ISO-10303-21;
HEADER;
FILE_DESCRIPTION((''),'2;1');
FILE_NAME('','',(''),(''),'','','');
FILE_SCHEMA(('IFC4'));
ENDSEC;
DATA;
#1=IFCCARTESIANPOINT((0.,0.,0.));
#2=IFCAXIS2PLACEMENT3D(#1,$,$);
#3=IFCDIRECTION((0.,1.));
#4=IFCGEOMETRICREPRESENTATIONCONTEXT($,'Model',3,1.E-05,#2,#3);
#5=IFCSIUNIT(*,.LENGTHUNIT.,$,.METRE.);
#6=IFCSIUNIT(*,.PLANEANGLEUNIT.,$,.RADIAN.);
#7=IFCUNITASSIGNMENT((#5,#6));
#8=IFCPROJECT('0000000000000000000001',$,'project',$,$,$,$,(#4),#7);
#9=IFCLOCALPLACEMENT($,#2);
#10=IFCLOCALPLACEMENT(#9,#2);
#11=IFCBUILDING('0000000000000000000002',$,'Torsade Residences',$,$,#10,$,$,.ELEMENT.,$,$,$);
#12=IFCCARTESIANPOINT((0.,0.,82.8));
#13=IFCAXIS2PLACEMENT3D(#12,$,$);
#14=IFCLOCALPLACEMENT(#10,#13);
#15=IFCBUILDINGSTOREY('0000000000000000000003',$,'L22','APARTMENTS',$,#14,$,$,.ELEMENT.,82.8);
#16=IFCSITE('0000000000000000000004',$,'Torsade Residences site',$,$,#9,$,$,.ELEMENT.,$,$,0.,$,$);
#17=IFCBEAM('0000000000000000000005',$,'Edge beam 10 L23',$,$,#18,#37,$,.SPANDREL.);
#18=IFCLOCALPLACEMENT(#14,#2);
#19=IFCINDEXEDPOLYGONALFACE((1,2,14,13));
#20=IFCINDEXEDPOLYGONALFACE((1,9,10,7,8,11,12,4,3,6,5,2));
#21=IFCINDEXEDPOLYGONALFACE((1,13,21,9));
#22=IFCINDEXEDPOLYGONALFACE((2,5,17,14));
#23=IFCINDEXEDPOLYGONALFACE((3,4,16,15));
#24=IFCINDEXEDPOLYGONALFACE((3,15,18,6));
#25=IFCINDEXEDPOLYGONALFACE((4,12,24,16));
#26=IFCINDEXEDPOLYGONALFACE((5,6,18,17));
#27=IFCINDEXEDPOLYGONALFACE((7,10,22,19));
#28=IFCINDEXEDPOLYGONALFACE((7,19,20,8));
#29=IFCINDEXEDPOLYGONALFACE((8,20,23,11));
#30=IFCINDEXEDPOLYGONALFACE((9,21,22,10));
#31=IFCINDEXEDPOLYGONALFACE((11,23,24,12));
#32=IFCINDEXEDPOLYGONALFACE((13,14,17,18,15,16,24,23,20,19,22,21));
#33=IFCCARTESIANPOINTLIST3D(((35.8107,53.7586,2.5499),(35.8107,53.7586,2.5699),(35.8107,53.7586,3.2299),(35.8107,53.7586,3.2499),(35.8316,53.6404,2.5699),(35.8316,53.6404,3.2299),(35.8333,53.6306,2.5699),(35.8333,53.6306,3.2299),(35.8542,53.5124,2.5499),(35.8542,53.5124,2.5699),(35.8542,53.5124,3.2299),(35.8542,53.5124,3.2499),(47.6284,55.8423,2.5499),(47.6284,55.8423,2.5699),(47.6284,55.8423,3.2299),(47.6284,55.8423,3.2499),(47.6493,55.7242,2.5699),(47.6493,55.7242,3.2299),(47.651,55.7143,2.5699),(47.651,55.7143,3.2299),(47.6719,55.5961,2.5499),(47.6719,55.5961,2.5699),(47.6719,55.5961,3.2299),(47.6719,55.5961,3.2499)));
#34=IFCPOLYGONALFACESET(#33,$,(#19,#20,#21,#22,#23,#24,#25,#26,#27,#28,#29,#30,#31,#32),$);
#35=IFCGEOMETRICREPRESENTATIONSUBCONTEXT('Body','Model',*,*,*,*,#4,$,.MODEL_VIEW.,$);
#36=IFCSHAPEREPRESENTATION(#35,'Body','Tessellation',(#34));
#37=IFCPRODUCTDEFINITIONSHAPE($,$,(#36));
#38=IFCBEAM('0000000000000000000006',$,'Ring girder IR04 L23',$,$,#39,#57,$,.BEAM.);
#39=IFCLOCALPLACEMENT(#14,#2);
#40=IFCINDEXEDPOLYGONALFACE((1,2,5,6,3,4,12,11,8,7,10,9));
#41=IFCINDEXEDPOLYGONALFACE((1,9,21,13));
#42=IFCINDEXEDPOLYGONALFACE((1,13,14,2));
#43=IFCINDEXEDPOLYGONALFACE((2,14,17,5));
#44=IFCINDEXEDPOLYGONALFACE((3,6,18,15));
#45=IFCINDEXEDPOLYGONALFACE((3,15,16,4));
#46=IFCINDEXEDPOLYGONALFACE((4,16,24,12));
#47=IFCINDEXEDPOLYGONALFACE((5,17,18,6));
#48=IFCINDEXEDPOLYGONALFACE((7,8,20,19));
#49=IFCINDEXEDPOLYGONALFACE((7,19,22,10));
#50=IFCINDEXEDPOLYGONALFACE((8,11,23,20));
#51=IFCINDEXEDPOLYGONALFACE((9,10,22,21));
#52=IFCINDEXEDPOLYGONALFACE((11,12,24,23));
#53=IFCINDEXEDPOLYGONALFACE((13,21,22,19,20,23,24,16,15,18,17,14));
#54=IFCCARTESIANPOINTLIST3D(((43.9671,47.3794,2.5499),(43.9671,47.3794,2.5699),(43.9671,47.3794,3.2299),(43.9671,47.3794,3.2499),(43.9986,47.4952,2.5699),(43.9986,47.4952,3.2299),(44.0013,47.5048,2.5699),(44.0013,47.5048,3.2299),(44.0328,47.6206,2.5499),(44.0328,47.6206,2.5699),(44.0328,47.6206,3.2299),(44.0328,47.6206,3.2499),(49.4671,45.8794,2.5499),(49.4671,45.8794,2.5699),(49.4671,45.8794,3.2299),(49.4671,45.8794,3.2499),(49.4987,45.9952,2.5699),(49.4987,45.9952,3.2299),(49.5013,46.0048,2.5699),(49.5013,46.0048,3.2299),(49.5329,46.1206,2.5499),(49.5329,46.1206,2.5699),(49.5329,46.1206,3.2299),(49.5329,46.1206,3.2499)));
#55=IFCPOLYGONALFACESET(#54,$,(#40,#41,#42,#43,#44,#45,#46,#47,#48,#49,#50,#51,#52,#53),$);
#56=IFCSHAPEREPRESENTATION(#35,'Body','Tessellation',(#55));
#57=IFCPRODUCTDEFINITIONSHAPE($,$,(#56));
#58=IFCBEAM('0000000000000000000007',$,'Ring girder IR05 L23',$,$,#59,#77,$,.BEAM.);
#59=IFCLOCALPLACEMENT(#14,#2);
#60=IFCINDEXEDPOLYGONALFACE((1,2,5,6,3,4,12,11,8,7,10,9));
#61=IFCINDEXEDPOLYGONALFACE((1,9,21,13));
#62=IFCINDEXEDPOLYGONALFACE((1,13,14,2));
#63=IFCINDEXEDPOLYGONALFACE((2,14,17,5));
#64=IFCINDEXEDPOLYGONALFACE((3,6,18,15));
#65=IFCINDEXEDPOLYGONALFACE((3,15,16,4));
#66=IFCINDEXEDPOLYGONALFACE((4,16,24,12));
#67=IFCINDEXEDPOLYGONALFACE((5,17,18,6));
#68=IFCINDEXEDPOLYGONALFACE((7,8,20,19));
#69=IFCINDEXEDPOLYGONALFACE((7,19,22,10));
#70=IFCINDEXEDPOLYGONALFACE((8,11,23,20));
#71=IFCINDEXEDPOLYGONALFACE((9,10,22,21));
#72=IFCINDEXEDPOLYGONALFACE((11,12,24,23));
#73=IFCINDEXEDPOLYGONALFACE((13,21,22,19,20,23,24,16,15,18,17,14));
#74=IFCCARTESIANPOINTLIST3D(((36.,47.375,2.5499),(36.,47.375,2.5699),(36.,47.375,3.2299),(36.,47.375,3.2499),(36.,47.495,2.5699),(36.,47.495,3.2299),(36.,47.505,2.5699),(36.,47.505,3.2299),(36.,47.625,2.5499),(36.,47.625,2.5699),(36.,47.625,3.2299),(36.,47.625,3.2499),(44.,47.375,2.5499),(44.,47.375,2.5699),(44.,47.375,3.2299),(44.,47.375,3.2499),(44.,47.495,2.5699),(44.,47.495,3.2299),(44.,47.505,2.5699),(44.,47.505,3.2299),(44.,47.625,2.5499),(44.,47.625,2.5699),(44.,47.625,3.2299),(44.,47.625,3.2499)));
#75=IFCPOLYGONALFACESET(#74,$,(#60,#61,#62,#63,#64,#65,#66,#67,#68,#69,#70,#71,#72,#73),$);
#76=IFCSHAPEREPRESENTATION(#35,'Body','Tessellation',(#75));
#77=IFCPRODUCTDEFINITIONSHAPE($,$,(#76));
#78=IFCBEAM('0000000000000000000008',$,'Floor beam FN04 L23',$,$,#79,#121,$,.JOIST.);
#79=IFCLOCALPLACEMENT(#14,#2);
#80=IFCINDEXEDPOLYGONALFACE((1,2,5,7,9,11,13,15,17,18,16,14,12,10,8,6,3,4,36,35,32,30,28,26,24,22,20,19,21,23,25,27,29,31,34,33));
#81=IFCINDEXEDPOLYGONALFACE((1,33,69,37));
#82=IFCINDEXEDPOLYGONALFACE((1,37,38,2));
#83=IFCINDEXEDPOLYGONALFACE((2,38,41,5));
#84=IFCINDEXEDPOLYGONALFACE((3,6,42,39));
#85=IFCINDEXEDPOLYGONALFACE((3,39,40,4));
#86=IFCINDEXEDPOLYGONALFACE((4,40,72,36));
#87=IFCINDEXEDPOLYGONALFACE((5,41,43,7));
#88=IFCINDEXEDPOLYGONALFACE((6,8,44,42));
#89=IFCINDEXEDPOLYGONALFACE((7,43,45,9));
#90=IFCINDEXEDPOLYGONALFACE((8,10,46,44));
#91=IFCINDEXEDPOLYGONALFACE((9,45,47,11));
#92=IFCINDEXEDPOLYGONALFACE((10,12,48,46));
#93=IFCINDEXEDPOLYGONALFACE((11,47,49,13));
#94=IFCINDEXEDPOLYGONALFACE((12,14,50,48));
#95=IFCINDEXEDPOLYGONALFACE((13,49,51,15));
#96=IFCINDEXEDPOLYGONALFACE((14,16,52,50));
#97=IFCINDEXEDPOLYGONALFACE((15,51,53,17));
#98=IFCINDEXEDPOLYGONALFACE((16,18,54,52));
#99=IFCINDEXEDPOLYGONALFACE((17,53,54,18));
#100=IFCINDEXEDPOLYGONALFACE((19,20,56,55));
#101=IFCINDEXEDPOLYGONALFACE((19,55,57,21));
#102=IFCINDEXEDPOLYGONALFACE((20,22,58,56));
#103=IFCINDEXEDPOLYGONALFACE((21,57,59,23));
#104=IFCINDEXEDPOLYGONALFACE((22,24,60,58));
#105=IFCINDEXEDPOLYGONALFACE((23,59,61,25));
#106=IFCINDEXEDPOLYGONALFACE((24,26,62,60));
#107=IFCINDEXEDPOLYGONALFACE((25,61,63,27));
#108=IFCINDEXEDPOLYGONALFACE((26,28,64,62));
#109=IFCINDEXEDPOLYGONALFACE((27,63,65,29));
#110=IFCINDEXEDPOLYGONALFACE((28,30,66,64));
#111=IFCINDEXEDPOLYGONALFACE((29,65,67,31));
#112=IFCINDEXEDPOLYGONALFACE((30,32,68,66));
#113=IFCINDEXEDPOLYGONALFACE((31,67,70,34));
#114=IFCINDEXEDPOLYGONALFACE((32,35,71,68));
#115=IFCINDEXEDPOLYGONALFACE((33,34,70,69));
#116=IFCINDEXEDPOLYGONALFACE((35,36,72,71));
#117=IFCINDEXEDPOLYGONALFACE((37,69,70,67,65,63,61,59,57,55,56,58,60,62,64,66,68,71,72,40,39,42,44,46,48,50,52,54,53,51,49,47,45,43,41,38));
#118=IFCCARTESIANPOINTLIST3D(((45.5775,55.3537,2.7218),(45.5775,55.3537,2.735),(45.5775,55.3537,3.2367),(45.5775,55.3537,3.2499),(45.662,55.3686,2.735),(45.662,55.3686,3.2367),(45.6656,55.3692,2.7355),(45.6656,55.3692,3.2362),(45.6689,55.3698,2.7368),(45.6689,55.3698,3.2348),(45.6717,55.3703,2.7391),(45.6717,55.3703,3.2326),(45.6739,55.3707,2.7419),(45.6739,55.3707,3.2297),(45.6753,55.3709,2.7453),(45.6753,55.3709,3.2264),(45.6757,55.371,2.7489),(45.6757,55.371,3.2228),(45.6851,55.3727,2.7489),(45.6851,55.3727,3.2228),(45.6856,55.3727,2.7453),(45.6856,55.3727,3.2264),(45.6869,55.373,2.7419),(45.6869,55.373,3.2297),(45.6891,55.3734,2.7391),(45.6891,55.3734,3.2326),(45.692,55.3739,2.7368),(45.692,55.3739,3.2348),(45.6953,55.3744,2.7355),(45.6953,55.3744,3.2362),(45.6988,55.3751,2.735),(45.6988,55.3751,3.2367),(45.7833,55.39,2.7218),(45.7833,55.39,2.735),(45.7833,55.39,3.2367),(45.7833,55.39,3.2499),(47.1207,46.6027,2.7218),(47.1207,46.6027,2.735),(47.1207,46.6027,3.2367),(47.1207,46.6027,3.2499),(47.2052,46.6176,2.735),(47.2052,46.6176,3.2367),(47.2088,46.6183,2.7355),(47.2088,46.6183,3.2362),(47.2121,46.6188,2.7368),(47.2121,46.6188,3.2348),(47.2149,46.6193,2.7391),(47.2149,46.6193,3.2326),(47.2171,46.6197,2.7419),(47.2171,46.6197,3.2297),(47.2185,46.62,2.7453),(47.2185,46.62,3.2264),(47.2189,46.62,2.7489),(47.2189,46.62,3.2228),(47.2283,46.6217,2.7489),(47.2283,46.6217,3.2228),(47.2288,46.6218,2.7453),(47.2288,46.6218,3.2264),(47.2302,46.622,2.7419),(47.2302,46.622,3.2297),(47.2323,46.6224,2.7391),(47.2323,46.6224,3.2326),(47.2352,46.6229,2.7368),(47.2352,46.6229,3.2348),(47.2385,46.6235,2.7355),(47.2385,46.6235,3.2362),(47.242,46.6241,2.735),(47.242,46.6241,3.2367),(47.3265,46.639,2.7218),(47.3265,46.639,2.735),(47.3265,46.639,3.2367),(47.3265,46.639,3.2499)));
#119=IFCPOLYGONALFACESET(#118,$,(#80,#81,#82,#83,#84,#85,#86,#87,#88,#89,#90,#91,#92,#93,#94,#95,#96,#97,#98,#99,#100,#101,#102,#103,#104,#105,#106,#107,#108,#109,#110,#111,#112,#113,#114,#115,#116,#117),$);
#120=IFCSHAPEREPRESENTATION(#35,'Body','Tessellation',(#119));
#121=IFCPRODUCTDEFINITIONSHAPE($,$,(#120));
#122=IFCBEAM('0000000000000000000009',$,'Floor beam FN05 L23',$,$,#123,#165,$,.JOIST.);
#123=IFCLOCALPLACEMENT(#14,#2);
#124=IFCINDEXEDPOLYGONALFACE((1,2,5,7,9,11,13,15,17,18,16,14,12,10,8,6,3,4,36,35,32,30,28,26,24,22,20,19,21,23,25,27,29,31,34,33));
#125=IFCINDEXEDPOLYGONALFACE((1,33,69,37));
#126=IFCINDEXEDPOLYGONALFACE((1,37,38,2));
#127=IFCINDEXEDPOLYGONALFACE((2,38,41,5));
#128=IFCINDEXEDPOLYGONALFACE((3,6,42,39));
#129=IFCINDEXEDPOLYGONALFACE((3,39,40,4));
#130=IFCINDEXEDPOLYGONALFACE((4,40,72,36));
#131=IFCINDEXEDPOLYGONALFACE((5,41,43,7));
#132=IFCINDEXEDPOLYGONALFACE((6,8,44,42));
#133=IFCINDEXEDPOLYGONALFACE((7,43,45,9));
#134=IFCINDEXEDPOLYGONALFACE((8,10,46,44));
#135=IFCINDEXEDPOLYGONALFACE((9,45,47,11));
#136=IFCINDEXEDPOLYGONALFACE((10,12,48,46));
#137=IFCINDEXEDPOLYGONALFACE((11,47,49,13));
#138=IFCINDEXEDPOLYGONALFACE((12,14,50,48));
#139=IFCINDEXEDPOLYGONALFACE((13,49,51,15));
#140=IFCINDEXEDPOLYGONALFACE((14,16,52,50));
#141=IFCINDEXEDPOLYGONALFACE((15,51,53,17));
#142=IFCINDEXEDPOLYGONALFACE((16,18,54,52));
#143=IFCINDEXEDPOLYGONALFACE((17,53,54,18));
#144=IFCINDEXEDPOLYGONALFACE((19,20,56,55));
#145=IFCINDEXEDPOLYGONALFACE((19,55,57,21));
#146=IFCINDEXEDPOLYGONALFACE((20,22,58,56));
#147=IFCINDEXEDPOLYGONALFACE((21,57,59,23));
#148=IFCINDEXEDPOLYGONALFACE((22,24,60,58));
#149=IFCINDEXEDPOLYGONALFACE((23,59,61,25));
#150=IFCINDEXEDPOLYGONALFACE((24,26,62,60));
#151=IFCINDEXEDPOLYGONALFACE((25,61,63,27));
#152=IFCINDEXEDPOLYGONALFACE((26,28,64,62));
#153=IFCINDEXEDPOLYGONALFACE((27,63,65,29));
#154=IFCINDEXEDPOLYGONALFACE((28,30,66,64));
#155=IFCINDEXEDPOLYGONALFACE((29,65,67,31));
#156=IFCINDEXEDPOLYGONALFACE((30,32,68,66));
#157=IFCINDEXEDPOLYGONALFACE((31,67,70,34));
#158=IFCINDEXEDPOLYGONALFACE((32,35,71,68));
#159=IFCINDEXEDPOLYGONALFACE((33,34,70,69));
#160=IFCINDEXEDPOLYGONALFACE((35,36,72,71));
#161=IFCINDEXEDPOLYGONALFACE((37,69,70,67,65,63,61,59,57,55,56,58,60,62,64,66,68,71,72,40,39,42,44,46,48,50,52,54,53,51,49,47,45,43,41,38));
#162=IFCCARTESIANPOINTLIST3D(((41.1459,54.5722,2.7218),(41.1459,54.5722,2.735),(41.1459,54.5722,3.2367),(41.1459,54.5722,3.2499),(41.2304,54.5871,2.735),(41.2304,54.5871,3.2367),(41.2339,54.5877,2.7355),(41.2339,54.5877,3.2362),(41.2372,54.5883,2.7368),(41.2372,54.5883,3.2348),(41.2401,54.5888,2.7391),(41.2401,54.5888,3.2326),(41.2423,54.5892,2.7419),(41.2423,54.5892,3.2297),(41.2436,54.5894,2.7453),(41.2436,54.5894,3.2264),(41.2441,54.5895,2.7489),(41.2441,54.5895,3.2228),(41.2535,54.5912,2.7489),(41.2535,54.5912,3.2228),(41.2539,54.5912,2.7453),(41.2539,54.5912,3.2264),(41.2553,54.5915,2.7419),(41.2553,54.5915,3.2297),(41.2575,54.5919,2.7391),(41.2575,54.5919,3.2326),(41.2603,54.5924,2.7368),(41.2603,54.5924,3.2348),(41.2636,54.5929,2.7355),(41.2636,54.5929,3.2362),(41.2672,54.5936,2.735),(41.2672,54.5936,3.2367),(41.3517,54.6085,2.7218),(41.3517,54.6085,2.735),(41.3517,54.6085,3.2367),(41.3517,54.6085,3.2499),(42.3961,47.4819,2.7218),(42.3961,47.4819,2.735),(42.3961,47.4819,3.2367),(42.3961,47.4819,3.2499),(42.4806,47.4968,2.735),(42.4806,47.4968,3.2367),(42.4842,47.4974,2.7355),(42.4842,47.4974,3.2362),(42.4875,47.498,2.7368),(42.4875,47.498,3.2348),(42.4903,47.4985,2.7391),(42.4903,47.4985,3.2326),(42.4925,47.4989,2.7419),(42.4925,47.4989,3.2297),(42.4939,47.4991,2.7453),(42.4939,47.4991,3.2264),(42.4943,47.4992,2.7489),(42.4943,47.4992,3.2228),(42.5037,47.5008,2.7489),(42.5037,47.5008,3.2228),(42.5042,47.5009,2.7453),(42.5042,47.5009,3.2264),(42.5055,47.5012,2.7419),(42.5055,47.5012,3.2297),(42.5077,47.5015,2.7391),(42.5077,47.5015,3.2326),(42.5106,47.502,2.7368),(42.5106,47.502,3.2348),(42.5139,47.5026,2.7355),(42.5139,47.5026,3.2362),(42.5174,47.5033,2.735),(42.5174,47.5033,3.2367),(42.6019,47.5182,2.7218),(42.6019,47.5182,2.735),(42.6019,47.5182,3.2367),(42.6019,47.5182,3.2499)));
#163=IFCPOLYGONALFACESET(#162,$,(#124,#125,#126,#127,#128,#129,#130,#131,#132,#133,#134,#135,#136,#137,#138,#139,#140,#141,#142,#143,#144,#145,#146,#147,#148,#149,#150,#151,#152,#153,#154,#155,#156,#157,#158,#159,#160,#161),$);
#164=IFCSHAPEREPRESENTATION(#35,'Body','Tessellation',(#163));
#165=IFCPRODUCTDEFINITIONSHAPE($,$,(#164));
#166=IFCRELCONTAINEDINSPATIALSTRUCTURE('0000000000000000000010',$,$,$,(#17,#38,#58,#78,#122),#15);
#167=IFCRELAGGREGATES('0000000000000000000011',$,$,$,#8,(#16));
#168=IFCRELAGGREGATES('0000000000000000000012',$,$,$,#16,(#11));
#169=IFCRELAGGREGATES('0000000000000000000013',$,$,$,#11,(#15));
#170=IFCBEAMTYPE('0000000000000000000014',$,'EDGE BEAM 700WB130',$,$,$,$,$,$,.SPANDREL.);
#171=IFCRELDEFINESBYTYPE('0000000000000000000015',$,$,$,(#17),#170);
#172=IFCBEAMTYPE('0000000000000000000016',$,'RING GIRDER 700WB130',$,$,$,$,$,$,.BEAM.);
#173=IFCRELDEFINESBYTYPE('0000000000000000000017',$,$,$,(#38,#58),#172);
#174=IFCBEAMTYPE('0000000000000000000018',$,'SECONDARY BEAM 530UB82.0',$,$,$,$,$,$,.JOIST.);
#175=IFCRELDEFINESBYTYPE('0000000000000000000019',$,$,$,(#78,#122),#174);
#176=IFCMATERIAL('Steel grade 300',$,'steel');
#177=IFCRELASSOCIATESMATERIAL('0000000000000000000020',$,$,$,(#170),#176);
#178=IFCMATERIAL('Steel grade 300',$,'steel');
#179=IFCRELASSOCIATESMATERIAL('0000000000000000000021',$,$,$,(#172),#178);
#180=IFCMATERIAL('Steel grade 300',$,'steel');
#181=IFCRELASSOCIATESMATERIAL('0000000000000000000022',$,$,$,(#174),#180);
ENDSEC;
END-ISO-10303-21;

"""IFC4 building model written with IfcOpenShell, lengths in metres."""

from ifc_helpers import new_model, si_unit, direction, frame, origin, origin_2d, place, context, subcontext, project, spatial, i_section, extrude, material, material_profile, profile_set, type_object, element, save


model = new_model("IFC4")

# Units and contexts
model_context = context("Model", 3, precision=1e-05, world=origin(), true_north=direction((0.0, 1.0)))
body_context = subcontext(model_context, "Body", "Model", "MODEL_VIEW")
ifc_project = project(units=[si_unit("LENGTHUNIT", "METRE"), si_unit("PLANEANGLEUNIT", "RADIAN")], contexts=[model_context])

# Site, building, storey
site_placement = place(None, origin())
site = spatial("IfcSite", under=ifc_project, at=site_placement, Name="Torsade Residences site", CompositionType="ELEMENT", RefElevation=0.0)
building_placement = place(site_placement, origin())
building = spatial("IfcBuilding", under=site, at=building_placement, Name="Torsade Residences", CompositionType="ELEMENT")
storey_placement = place(building_placement, frame((0.0, 0.0, 82.8)))
storey = spatial("IfcBuildingStorey", under=building, at=storey_placement, Name="L22", Description="APARTMENTS", CompositionType="ELEMENT", Elevation=82.8)

# Beams
ifc_material_1 = material(Name="Steel grade 300", Category="steel")
ifc_material_profile_1 = material_profile(ifc_material_1, i_section(OverallWidth=0.25, OverallDepth=0.7, WebThickness=0.01, FlangeThickness=0.02, at=origin_2d()), Name="700WB130")
ifc_profile_set_1 = profile_set([ifc_material_profile_1], Name="Steel grade 300")
beam_type_1 = type_object("IfcBeamType", Name="EDGE BEAM 700WB130", PredefinedType="SPANDREL", material=ifc_profile_set_1)
beam_1_placement = place(storey_placement, frame((47.6501, 55.7192, 2.8999), z_axis=(-0.984808, -0.173646, 0.0), x_axis=(0.173646, -0.984808, 0.0)))
element("IfcBeam", 1, at=beam_1_placement, inside=storey, type_object=beam_type_1, Name="Edge beam 10 L23", PredefinedType="SPANDREL", context=body_context, shape_type="SweptSolid", body=[
    extrude(i_section(OverallWidth=0.25, OverallDepth=0.7, WebThickness=0.01, FlangeThickness=0.02, at=origin_2d()), origin(), (0.0, 0.0, 1.0), 12.0),
])
ifc_material_2 = material(Name="Steel grade 300", Category="steel")
ifc_material_profile_2 = material_profile(ifc_material_2, i_section(OverallWidth=0.25, OverallDepth=0.7, WebThickness=0.01, FlangeThickness=0.02, at=origin_2d()), Name="700WB130")
ifc_profile_set_2 = profile_set([ifc_material_profile_2], Name="Steel grade 300")
beam_type_2 = type_object("IfcBeamType", Name="RING GIRDER 700WB130", PredefinedType="BEAM", material=ifc_profile_set_2)
beam_2_placement = place(storey_placement, frame((49.5, 46.0, 2.8999), z_axis=(-0.964764, 0.263117, 0.0), x_axis=(-0.263117, -0.964764, 0.0)))
element("IfcBeam", 2, at=beam_2_placement, inside=storey, type_object=beam_type_2, Name="Ring girder IR04 L23", PredefinedType="BEAM", context=body_context, shape_type="SweptSolid", body=[
    extrude(i_section(OverallWidth=0.25, OverallDepth=0.7, WebThickness=0.01, FlangeThickness=0.02, at=origin_2d()), origin(), (0.0, 0.0, 1.0), 5.7009),
])
beam_3_placement = place(storey_placement, frame((44.0, 47.5, 2.8999), z_axis=(-1.0, 0.0, 0.0), x_axis=(0.0, -1.0, 0.0)))
element("IfcBeam", 3, at=beam_3_placement, inside=storey, type_object=beam_type_2, Name="Ring girder IR05 L23", PredefinedType="BEAM", context=body_context, shape_type="SweptSolid", body=[
    extrude(i_section(OverallWidth=0.25, OverallDepth=0.7, WebThickness=0.01, FlangeThickness=0.02, at=origin_2d()), origin(), (0.0, 0.0, 1.0), 8.0),
])
ifc_material_3 = material(Name="Steel grade 300", Category="steel")
ifc_material_profile_3 = material_profile(ifc_material_3, i_section(OverallWidth=0.209, OverallDepth=0.5281, WebThickness=0.0095, FlangeThickness=0.0132, FilletRadius=0.0139, at=origin_2d()), Name="530UB82.0")
ifc_profile_set_3 = profile_set([ifc_material_profile_3], Name="Steel grade 300")
beam_type_3 = type_object("IfcBeamType", Name="SECONDARY BEAM 530UB82.0", PredefinedType="JOIST", material=ifc_profile_set_3)
beam_4_placement = place(storey_placement, frame((45.6804, 55.3718, 2.9858), z_axis=(0.173668, -0.984804, 0.0), x_axis=(0.984804, 0.173668, 0.0)))
element("IfcBeam", 4, at=beam_4_placement, inside=storey, type_object=beam_type_3, Name="Floor beam FN04 L23", PredefinedType="JOIST", context=body_context, shape_type="SweptSolid", body=[
    extrude(i_section(OverallWidth=0.209, OverallDepth=0.5281, WebThickness=0.0095, FlangeThickness=0.0132, FilletRadius=0.0139, at=origin_2d()), origin(), (0.0, 0.0, 1.0), 8.886),
])
beam_5_placement = place(storey_placement, frame((41.2488, 54.5903, 2.9858), z_axis=(0.173652, -0.984807, 0.0), x_axis=(0.984807, 0.173652, 0.0)))
element("IfcBeam", 5, at=beam_5_placement, inside=storey, type_object=beam_type_3, Name="Floor beam FN05 L23", PredefinedType="JOIST", context=body_context, shape_type="SweptSolid", body=[
    extrude(i_section(OverallWidth=0.209, OverallDepth=0.5281, WebThickness=0.0095, FlangeThickness=0.0132, FilletRadius=0.0139, at=origin_2d()), origin(), (0.0, 0.0, 1.0), 7.1997),
])

save(model, "model.ifc")
